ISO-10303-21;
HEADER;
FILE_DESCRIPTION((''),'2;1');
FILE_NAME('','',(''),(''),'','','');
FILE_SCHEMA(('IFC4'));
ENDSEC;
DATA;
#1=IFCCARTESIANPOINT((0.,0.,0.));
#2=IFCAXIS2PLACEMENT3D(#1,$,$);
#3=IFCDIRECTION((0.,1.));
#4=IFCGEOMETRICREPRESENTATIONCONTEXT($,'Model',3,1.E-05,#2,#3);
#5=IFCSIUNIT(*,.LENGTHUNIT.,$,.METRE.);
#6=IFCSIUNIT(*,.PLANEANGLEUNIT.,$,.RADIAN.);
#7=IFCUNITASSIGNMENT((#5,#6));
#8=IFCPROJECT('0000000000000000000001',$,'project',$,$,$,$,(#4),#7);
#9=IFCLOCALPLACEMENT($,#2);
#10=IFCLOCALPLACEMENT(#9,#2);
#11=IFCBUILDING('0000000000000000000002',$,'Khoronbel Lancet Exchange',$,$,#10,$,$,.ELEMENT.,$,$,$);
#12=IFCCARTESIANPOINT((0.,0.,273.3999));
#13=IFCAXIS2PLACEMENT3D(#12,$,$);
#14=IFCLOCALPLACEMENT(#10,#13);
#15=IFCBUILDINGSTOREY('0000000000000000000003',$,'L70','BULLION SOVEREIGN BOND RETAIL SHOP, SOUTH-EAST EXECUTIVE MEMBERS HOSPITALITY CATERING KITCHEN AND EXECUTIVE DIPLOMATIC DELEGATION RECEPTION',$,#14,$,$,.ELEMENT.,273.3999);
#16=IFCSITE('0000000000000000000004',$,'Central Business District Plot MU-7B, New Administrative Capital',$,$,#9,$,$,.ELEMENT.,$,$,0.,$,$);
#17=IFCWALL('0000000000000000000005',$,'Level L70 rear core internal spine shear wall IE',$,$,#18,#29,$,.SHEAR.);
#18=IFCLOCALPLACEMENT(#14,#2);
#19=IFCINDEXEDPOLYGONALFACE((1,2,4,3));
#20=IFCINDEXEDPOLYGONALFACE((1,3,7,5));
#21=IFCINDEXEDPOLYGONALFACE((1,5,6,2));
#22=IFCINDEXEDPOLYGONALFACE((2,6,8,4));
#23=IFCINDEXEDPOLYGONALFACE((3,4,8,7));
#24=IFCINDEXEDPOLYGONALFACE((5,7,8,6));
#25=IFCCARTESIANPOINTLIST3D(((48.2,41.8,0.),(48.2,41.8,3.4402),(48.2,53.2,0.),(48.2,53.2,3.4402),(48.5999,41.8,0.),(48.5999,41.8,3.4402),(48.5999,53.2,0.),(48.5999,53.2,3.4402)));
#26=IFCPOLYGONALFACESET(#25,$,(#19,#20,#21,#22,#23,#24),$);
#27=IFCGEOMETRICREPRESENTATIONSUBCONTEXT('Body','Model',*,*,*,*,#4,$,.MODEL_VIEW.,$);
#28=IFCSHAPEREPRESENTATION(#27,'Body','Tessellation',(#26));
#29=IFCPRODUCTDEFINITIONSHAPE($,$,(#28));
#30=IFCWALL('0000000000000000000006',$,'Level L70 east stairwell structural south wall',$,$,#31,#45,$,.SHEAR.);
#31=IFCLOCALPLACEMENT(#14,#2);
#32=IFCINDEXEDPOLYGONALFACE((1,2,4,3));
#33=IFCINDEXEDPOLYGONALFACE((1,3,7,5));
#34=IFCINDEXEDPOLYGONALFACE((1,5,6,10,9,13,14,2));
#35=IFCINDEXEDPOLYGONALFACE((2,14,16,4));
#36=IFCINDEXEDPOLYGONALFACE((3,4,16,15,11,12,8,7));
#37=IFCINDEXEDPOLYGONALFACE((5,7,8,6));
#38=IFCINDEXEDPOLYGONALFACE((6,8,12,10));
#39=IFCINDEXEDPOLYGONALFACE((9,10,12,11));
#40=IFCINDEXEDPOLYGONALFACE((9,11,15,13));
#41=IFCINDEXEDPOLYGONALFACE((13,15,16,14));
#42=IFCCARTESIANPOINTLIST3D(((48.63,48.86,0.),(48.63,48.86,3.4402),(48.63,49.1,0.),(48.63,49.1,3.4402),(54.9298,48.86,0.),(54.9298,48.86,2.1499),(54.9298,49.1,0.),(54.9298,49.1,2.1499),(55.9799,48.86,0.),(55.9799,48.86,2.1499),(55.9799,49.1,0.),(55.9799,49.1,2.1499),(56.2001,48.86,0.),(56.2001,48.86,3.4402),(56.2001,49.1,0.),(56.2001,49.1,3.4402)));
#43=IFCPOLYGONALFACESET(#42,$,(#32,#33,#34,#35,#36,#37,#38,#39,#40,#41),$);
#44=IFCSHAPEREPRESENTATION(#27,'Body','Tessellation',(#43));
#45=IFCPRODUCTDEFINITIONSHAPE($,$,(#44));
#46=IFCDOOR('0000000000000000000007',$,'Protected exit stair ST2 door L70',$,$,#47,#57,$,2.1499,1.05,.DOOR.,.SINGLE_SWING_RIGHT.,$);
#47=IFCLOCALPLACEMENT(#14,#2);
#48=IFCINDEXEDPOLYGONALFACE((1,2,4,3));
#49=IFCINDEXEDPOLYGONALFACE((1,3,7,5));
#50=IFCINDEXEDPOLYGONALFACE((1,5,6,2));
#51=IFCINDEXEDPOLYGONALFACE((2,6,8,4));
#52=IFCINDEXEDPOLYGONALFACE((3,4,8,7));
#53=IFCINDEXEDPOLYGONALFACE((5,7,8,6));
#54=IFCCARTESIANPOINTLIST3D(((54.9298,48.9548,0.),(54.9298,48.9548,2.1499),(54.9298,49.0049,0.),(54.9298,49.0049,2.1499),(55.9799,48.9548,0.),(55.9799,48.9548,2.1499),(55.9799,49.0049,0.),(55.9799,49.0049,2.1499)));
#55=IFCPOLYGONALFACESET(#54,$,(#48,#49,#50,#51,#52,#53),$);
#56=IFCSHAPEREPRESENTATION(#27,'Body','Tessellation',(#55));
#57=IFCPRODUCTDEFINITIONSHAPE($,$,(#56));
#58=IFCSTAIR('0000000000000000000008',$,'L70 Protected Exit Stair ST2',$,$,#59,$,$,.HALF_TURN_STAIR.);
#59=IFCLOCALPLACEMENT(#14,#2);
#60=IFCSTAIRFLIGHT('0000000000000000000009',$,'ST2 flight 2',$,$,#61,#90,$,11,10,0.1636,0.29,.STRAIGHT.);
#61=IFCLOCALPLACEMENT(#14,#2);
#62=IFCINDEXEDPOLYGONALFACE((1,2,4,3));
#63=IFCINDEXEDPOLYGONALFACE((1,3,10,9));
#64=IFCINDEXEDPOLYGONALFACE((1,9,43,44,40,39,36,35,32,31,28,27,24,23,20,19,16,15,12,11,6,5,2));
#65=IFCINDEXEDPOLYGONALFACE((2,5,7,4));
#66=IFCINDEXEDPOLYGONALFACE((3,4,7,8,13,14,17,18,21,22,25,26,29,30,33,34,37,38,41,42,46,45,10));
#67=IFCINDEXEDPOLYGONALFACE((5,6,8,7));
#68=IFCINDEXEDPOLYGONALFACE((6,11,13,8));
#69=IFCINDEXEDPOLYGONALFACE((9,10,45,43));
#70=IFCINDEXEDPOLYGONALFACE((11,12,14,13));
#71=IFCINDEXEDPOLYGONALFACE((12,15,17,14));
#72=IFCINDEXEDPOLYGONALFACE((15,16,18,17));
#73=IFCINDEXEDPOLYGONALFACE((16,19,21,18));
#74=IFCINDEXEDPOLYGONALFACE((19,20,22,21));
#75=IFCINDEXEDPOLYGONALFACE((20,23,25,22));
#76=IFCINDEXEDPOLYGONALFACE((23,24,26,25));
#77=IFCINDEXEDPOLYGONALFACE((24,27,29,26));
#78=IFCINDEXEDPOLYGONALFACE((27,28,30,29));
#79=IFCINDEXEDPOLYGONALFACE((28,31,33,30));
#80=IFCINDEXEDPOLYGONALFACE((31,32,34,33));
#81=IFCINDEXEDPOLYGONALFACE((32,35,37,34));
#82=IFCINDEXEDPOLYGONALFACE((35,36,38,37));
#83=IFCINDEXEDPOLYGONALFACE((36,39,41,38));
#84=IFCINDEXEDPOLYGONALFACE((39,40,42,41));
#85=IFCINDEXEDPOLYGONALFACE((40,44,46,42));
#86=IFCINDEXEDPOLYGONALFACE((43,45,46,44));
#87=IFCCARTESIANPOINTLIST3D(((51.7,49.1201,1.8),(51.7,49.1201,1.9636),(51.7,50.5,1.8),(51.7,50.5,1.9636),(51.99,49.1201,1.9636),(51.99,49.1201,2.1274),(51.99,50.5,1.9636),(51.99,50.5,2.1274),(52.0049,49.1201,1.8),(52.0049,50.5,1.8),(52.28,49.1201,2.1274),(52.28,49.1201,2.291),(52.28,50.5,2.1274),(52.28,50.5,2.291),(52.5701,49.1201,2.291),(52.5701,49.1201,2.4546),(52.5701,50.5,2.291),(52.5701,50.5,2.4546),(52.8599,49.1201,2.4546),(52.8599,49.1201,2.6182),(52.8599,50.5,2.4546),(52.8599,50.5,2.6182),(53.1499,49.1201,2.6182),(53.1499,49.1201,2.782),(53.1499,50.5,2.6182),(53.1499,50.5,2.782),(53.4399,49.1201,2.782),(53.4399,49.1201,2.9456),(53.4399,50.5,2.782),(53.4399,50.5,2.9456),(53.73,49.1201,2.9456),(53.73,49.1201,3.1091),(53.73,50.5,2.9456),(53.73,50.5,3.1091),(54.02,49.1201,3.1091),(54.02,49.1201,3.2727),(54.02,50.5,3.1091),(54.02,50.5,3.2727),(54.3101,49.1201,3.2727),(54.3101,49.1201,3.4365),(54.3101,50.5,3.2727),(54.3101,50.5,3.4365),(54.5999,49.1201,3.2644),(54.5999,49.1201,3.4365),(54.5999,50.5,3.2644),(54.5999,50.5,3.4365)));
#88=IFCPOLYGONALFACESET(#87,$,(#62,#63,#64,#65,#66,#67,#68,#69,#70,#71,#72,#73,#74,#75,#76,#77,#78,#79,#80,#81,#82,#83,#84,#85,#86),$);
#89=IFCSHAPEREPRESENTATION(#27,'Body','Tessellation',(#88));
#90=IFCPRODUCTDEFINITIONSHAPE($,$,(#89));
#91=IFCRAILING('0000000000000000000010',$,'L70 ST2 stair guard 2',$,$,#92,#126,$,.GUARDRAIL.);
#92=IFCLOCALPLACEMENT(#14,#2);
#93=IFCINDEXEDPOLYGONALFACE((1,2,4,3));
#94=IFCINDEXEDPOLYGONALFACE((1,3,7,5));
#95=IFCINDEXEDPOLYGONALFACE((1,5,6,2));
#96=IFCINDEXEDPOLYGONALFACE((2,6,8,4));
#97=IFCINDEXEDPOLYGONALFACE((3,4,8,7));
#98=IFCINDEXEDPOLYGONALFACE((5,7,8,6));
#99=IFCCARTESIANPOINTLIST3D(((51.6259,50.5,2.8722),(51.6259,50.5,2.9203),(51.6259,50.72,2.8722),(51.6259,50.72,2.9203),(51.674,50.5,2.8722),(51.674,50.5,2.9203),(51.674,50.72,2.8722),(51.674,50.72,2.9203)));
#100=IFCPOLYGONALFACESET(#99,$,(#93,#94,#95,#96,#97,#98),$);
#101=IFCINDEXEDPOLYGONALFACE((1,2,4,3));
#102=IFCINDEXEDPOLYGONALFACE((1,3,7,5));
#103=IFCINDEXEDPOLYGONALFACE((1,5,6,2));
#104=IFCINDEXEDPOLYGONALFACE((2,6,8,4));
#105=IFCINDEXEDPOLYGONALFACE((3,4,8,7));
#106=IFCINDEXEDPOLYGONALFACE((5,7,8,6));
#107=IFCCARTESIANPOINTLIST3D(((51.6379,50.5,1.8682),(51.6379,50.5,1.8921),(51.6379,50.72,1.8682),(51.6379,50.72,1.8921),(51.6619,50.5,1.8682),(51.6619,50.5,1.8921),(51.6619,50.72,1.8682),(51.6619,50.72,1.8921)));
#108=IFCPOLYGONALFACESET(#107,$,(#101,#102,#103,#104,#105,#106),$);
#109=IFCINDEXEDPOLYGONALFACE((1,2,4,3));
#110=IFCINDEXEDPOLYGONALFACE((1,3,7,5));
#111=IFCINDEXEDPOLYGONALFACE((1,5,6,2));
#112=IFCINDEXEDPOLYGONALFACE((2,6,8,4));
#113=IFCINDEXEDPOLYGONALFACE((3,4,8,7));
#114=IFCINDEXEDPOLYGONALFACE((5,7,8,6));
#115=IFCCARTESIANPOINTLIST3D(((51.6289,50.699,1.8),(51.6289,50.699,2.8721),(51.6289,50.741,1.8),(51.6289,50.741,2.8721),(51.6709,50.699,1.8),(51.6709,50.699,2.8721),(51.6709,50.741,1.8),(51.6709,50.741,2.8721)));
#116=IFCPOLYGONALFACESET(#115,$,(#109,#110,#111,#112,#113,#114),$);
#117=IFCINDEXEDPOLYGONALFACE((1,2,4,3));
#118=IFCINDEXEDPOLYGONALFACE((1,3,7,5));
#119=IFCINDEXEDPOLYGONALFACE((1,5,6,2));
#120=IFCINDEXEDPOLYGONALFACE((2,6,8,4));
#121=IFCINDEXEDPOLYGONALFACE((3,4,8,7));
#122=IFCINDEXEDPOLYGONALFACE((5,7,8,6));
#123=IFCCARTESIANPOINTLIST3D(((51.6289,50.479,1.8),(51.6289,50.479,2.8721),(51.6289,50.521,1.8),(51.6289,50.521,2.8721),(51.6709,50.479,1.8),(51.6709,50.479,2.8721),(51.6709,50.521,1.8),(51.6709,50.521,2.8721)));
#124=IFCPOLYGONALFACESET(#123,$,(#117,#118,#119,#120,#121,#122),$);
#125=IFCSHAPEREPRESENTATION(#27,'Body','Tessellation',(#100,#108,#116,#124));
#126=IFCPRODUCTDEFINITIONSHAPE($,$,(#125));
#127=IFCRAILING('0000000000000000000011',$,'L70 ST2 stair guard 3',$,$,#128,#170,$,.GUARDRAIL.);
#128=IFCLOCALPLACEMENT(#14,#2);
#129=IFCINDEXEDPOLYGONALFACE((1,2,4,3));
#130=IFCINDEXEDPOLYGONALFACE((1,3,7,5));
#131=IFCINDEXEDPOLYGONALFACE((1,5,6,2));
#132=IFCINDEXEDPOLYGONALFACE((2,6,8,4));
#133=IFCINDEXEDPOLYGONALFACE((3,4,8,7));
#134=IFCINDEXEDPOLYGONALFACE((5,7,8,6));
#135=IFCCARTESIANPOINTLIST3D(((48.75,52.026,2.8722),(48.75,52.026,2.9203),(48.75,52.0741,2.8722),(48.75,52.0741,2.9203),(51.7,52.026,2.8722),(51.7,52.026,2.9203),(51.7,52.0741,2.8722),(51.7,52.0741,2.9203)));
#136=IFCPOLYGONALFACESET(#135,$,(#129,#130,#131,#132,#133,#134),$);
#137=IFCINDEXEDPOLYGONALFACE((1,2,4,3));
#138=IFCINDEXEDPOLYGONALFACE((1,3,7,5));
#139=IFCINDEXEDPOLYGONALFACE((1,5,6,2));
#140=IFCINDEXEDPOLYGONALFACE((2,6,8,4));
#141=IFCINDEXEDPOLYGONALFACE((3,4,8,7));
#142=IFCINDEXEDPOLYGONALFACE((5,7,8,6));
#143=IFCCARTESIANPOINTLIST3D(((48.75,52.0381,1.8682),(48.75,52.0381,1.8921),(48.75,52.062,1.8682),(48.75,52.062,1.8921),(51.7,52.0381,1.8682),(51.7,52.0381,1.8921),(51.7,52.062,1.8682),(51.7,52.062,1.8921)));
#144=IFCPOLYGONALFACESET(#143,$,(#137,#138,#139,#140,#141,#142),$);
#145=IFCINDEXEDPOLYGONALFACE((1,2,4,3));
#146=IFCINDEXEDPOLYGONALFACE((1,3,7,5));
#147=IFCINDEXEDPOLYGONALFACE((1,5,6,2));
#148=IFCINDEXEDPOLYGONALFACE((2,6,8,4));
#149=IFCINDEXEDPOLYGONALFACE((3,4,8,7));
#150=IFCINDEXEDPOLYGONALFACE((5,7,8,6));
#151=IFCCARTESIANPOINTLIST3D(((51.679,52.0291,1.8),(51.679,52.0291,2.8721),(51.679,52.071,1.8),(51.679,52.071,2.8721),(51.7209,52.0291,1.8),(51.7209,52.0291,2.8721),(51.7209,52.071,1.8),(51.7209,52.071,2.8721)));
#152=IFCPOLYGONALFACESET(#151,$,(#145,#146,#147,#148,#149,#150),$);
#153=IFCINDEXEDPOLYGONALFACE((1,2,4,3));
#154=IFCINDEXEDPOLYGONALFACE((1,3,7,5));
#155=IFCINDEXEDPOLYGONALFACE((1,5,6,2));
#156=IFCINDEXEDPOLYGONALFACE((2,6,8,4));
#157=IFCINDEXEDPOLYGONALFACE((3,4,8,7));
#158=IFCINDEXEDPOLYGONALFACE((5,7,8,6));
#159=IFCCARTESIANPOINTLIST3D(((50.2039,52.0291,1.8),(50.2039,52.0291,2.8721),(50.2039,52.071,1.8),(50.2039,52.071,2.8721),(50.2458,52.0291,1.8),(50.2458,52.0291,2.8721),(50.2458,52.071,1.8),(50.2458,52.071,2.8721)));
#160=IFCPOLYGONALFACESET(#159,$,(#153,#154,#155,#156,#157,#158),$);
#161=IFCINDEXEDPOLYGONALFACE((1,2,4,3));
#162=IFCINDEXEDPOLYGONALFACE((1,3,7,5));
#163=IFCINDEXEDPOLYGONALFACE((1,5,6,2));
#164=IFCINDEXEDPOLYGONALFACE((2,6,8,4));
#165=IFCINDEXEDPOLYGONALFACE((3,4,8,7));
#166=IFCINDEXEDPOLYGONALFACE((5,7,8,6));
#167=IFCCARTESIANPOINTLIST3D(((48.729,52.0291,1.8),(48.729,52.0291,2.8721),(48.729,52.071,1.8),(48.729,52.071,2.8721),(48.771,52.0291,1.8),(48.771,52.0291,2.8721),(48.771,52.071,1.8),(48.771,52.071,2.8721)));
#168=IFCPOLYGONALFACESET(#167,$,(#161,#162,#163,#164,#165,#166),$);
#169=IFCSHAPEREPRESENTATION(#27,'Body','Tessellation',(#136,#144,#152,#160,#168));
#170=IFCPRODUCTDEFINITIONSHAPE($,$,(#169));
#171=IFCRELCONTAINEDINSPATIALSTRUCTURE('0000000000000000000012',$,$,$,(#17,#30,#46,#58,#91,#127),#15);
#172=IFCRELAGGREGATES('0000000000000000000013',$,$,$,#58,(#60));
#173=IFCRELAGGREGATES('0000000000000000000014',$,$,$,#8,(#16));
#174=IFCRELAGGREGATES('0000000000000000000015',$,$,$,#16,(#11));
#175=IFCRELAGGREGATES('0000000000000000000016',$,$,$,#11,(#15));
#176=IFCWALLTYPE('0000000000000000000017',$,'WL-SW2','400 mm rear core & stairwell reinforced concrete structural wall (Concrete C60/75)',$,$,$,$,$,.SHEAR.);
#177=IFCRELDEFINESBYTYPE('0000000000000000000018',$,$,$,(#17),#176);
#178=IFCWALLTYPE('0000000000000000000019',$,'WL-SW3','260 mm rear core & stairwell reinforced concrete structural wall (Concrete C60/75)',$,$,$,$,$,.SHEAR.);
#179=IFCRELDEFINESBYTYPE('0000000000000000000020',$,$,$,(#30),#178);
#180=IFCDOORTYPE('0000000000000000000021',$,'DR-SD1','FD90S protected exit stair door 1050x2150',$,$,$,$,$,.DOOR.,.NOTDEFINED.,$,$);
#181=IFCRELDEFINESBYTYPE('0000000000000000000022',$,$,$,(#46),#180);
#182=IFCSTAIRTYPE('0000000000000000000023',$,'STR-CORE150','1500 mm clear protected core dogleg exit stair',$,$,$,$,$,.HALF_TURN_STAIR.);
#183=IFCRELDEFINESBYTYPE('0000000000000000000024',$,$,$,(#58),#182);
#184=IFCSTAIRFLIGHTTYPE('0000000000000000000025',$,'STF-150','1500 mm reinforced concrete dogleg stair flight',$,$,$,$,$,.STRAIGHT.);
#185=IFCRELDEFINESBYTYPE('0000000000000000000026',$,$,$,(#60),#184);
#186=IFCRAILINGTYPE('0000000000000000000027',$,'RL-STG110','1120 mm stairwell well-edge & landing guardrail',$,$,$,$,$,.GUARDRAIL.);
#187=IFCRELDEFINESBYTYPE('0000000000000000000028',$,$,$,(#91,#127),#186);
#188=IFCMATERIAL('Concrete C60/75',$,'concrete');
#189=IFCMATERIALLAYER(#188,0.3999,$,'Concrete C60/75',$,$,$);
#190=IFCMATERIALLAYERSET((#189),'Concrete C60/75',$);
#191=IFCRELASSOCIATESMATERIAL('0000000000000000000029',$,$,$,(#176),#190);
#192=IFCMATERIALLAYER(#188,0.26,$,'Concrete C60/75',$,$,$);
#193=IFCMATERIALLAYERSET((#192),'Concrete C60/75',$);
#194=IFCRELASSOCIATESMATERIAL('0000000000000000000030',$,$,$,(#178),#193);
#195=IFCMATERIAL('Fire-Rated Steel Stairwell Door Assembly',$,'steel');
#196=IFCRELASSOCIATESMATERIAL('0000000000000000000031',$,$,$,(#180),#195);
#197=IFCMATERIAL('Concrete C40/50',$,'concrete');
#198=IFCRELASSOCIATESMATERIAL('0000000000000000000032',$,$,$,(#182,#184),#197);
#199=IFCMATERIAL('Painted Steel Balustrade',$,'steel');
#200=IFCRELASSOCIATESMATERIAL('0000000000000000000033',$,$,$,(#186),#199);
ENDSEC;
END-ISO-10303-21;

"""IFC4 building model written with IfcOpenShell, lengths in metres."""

from ifc_helpers import new_model, si_unit, direction, frame, frame_2d, origin, origin_2d, place, context, subcontext, project, spatial, polyline, rectangle, outline, extrude, material, layer, layer_set, type_object, element, fill, aggregate, save


model = new_model("IFC4")

# Units and contexts
model_context = context("Model", 3, precision=1e-05, world=origin(), true_north=direction((0.0, 1.0)))
body_context = subcontext(model_context, "Body", "Model", "MODEL_VIEW")
ifc_project = project(units=[si_unit("LENGTHUNIT", "METRE"), si_unit("PLANEANGLEUNIT", "RADIAN")], contexts=[model_context])

# Site, building, storey
site_placement = place(None, origin())
site = spatial("IfcSite", under=ifc_project, at=site_placement, Name="Central Business District Plot MU-7B, New Administrative Capital", CompositionType="ELEMENT", RefElevation=0.0)
building_placement = place(site_placement, origin())
building = spatial("IfcBuilding", under=site, at=building_placement, Name="Khoronbel Lancet Exchange", CompositionType="ELEMENT")
storey_placement = place(building_placement, frame((0.0, 0.0, 273.3999)))
storey = spatial("IfcBuildingStorey", under=building, at=storey_placement, Name="L70", Description="BULLION SOVEREIGN BOND RETAIL SHOP, SOUTH-EAST EXECUTIVE MEMBERS HOSPITALITY CATERING KITCHEN AND EXECUTIVE DIPLOMATIC DELEGATION RECEPTION", CompositionType="ELEMENT", Elevation=273.3999)

# Wall
ifc_material_1 = material(Name="Concrete C60/75", Category="concrete")
ifc_layer_1 = layer(ifc_material_1, 0.3999, Name="Concrete C60/75")
ifc_layer_set_1 = layer_set([ifc_layer_1], Name="Concrete C60/75")
wall_type_1 = type_object("IfcWallType", Name="WL-SW2", Description="400 mm rear core & stairwell reinforced concrete structural wall (Concrete C60/75)", PredefinedType="SHEAR", material=ifc_layer_set_1)
wall_1_placement = place(storey_placement, frame((48.3999, 41.8, 0.0), z_axis=(0.0, 0.0, 1.0), x_axis=(0.0, 1.0, 0.0)))
element("IfcWall", 1, at=wall_1_placement, inside=storey, type_object=wall_type_1, Name="Level L70 rear core internal spine shear wall IE", PredefinedType="SHEAR", context=body_context, shape_type="SweptSolid", body=[
    extrude(rectangle(XDim=11.3999, YDim=0.3999, at=frame_2d((5.7, 0.0))), origin(), (0.0, 0.0, 1.0), 3.4402),
])

# Wall, opening, door
ifc_layer_2 = layer(ifc_material_1, 0.26, Name="Concrete C60/75")
ifc_layer_set_2 = layer_set([ifc_layer_2], Name="Concrete C60/75")
wall_type_2 = type_object("IfcWallType", Name="WL-SW3", Description="260 mm rear core & stairwell reinforced concrete structural wall (Concrete C60/75)", PredefinedType="SHEAR", material=ifc_layer_set_2)
wall_2_placement = place(storey_placement, frame((48.6299, 48.98, 0.0), z_axis=(0.0, 0.0, 1.0), x_axis=(1.0, 0.0, 0.0)))
wall_2 = element("IfcWall", 2, at=wall_2_placement, inside=storey, type_object=wall_type_2, Name="Level L70 east stairwell structural south wall", PredefinedType="SHEAR", context=body_context, shape_type="SweptSolid", body=[
    extrude(rectangle(XDim=7.5701, YDim=0.24, at=frame_2d((3.7852, 0.0))), origin(), (0.0, 0.0, 1.0), 3.4402),
])
opening_1_placement = place(wall_2_placement, frame((6.3, 0.0, 0.0)))
opening_1 = element("IfcOpeningElement", 3, at=opening_1_placement, cuts=wall_2, PredefinedType="OPENING", context=body_context, shape_type="SweptSolid", body=[
    extrude(rectangle(XDim=1.05, YDim=2.1499, at=frame_2d((0.5249, 1.075))), frame((0.0, 0.1299, 0.0), z_axis=(0.0, -1.0, 0.0), x_axis=(1.0, 0.0, 0.0)), (0.0, 0.0, 1.0), 0.26),
])
ifc_material_2 = material(Name="Fire-Rated Steel Stairwell Door Assembly", Category="steel")
door_type_1 = type_object("IfcDoorType", Name="DR-SD1", Description="FD90S protected exit stair door 1050x2150", OperationType="NOTDEFINED", PredefinedType="DOOR", material=ifc_material_2)
door_1_placement = place(opening_1_placement, origin())
door_1 = element("IfcDoor", 4, at=door_1_placement, inside=storey, type_object=door_type_1, Name="Protected exit stair ST2 door L70", OperationType="SINGLE_SWING_RIGHT", OverallHeight=2.1499, OverallWidth=1.05, PredefinedType="DOOR", context=body_context, shape_type="SweptSolid", body=[
    extrude(rectangle(XDim=1.05, YDim=2.1499, at=frame_2d((0.5249, 1.075))), frame((0.0, 0.0249, 0.0), z_axis=(0.0, -1.0, 0.0), x_axis=(1.0, 0.0, 0.0)), (0.0, 0.0, 1.0), 0.05),
])
fill(opening_1, door_1)

# Stair, stair flight
ifc_material_3 = material(Name="Concrete C40/50", Category="concrete")
stair_type = type_object("IfcStairType", Name="STR-CORE150", Description="1500 mm clear protected core dogleg exit stair", PredefinedType="HALF_TURN_STAIR", material=ifc_material_3)
stair_placement = place(storey_placement, origin())
stair = element("IfcStair", 5, at=stair_placement, inside=storey, type_object=stair_type, Name="L70 Protected Exit Stair ST2", PredefinedType="HALF_TURN_STAIR")
stair_flight_type = type_object("IfcStairFlightType", Name="STF-150", Description="1500 mm reinforced concrete dogleg stair flight", PredefinedType="STRAIGHT", material=ifc_material_3)
stair_flight_placement = place(storey_placement, frame((51.7, 49.8101, 1.8), z_axis=(0.0, 0.0, 1.0), x_axis=(1.0, 0.0, 0.0)))
stair_flight = element("IfcStairFlight", 6, at=stair_flight_placement, type_object=stair_flight_type, Name="ST2 flight 2", NumberOfRisers=11, NumberOfTreads=10, PredefinedType="STRAIGHT", RiserHeight=0.1636, TreadLength=0.29, context=body_context, shape_type="SweptSolid", body=[
    extrude(outline(polyline([(0.0, 0.0), (0.0, 0.1636), (0.29, 0.1636), (0.29, 0.3274), (0.5801, 0.3274), (0.5801, 0.491), (0.8701, 0.491), (0.8701, 0.6545), (1.1599, 0.6545), (1.1599, 0.8181), (1.45, 0.8181), (1.45, 0.9819), (1.74, 0.9819), (1.74, 1.1455), (2.03, 1.1455), (2.03, 1.3091), (2.3201, 1.3091), (2.3201, 1.4727), (2.6101, 1.4727), (2.6101, 1.6365), (2.8999, 1.6365), (2.8999, 1.8), (2.8999, 1.4644), (0.3049, 0.0), (0.0, 0.0)])), frame((0.0, 0.6899, 0.0), z_axis=(0.0, -1.0, 0.0), x_axis=(1.0, 0.0, 0.0)), (0.0, 0.0, 1.0), 1.3799),
])
aggregate(stair, [stair_flight])

# Railings
ifc_material_4 = material(Name="Painted Steel Balustrade", Category="steel")
railing_type_1 = type_object("IfcRailingType", Name="RL-STG110", Description="1120 mm stairwell well-edge & landing guardrail", PredefinedType="GUARDRAIL", material=ifc_material_4)
railing_1_placement = place(storey_placement, frame((51.6499, 50.72, 1.8)))
element("IfcRailing", 7, at=railing_1_placement, inside=storey, type_object=railing_type_1, Name="L70 ST2 stair guard 2", PredefinedType="GUARDRAIL", context=body_context, shape_type="SweptSolid", body=[
    extrude(rectangle(XDim=0.0481, YDim=0.0481, at=origin_2d()), frame((0.0, 0.0, 1.0962), z_axis=(0.0, -1.0, 0.0), x_axis=(1.0, 0.0, 0.0)), (0.0, 0.0, 1.0), 0.22),
    extrude(rectangle(XDim=0.0239, YDim=0.0239, at=origin_2d()), frame((0.0, 0.0, 0.0801), z_axis=(0.0, -1.0, 0.0), x_axis=(1.0, 0.0, 0.0)), (0.0, 0.0, 1.0), 0.22),
    extrude(rectangle(XDim=0.042, YDim=0.042, at=origin_2d()), origin(), (0.0, 0.0, 1.0), 1.072),
    extrude(rectangle(XDim=0.042, YDim=0.042, at=origin_2d()), frame((0.0, -0.22, 0.0)), (0.0, 0.0, 1.0), 1.072),
])
railing_2_placement = place(storey_placement, frame((51.7, 52.05, 1.8)))
element("IfcRailing", 8, at=railing_2_placement, inside=storey, type_object=railing_type_1, Name="L70 ST2 stair guard 3", PredefinedType="GUARDRAIL", context=body_context, shape_type="SweptSolid", body=[
    extrude(rectangle(XDim=0.0481, YDim=0.0481, at=origin_2d()), frame((0.0, 0.0, 1.0962), z_axis=(-1.0, 0.0, 0.0), x_axis=(0.0, -1.0, 0.0)), (0.0, 0.0, 1.0), 2.95),
    extrude(rectangle(XDim=0.0239, YDim=0.0239, at=origin_2d()), frame((0.0, 0.0, 0.0801), z_axis=(-1.0, 0.0, 0.0), x_axis=(0.0, -1.0, 0.0)), (0.0, 0.0, 1.0), 2.95),
    extrude(rectangle(XDim=0.042, YDim=0.042, at=origin_2d()), origin(), (0.0, 0.0, 1.0), 1.072),
    extrude(rectangle(XDim=0.042, YDim=0.042, at=origin_2d()), frame((-1.4751, 0.0, 0.0)), (0.0, 0.0, 1.0), 1.072),
    extrude(rectangle(XDim=0.042, YDim=0.042, at=origin_2d()), frame((-2.95, 0.0, 0.0)), (0.0, 0.0, 1.0), 1.072),
])

save(model, "model.ifc")
